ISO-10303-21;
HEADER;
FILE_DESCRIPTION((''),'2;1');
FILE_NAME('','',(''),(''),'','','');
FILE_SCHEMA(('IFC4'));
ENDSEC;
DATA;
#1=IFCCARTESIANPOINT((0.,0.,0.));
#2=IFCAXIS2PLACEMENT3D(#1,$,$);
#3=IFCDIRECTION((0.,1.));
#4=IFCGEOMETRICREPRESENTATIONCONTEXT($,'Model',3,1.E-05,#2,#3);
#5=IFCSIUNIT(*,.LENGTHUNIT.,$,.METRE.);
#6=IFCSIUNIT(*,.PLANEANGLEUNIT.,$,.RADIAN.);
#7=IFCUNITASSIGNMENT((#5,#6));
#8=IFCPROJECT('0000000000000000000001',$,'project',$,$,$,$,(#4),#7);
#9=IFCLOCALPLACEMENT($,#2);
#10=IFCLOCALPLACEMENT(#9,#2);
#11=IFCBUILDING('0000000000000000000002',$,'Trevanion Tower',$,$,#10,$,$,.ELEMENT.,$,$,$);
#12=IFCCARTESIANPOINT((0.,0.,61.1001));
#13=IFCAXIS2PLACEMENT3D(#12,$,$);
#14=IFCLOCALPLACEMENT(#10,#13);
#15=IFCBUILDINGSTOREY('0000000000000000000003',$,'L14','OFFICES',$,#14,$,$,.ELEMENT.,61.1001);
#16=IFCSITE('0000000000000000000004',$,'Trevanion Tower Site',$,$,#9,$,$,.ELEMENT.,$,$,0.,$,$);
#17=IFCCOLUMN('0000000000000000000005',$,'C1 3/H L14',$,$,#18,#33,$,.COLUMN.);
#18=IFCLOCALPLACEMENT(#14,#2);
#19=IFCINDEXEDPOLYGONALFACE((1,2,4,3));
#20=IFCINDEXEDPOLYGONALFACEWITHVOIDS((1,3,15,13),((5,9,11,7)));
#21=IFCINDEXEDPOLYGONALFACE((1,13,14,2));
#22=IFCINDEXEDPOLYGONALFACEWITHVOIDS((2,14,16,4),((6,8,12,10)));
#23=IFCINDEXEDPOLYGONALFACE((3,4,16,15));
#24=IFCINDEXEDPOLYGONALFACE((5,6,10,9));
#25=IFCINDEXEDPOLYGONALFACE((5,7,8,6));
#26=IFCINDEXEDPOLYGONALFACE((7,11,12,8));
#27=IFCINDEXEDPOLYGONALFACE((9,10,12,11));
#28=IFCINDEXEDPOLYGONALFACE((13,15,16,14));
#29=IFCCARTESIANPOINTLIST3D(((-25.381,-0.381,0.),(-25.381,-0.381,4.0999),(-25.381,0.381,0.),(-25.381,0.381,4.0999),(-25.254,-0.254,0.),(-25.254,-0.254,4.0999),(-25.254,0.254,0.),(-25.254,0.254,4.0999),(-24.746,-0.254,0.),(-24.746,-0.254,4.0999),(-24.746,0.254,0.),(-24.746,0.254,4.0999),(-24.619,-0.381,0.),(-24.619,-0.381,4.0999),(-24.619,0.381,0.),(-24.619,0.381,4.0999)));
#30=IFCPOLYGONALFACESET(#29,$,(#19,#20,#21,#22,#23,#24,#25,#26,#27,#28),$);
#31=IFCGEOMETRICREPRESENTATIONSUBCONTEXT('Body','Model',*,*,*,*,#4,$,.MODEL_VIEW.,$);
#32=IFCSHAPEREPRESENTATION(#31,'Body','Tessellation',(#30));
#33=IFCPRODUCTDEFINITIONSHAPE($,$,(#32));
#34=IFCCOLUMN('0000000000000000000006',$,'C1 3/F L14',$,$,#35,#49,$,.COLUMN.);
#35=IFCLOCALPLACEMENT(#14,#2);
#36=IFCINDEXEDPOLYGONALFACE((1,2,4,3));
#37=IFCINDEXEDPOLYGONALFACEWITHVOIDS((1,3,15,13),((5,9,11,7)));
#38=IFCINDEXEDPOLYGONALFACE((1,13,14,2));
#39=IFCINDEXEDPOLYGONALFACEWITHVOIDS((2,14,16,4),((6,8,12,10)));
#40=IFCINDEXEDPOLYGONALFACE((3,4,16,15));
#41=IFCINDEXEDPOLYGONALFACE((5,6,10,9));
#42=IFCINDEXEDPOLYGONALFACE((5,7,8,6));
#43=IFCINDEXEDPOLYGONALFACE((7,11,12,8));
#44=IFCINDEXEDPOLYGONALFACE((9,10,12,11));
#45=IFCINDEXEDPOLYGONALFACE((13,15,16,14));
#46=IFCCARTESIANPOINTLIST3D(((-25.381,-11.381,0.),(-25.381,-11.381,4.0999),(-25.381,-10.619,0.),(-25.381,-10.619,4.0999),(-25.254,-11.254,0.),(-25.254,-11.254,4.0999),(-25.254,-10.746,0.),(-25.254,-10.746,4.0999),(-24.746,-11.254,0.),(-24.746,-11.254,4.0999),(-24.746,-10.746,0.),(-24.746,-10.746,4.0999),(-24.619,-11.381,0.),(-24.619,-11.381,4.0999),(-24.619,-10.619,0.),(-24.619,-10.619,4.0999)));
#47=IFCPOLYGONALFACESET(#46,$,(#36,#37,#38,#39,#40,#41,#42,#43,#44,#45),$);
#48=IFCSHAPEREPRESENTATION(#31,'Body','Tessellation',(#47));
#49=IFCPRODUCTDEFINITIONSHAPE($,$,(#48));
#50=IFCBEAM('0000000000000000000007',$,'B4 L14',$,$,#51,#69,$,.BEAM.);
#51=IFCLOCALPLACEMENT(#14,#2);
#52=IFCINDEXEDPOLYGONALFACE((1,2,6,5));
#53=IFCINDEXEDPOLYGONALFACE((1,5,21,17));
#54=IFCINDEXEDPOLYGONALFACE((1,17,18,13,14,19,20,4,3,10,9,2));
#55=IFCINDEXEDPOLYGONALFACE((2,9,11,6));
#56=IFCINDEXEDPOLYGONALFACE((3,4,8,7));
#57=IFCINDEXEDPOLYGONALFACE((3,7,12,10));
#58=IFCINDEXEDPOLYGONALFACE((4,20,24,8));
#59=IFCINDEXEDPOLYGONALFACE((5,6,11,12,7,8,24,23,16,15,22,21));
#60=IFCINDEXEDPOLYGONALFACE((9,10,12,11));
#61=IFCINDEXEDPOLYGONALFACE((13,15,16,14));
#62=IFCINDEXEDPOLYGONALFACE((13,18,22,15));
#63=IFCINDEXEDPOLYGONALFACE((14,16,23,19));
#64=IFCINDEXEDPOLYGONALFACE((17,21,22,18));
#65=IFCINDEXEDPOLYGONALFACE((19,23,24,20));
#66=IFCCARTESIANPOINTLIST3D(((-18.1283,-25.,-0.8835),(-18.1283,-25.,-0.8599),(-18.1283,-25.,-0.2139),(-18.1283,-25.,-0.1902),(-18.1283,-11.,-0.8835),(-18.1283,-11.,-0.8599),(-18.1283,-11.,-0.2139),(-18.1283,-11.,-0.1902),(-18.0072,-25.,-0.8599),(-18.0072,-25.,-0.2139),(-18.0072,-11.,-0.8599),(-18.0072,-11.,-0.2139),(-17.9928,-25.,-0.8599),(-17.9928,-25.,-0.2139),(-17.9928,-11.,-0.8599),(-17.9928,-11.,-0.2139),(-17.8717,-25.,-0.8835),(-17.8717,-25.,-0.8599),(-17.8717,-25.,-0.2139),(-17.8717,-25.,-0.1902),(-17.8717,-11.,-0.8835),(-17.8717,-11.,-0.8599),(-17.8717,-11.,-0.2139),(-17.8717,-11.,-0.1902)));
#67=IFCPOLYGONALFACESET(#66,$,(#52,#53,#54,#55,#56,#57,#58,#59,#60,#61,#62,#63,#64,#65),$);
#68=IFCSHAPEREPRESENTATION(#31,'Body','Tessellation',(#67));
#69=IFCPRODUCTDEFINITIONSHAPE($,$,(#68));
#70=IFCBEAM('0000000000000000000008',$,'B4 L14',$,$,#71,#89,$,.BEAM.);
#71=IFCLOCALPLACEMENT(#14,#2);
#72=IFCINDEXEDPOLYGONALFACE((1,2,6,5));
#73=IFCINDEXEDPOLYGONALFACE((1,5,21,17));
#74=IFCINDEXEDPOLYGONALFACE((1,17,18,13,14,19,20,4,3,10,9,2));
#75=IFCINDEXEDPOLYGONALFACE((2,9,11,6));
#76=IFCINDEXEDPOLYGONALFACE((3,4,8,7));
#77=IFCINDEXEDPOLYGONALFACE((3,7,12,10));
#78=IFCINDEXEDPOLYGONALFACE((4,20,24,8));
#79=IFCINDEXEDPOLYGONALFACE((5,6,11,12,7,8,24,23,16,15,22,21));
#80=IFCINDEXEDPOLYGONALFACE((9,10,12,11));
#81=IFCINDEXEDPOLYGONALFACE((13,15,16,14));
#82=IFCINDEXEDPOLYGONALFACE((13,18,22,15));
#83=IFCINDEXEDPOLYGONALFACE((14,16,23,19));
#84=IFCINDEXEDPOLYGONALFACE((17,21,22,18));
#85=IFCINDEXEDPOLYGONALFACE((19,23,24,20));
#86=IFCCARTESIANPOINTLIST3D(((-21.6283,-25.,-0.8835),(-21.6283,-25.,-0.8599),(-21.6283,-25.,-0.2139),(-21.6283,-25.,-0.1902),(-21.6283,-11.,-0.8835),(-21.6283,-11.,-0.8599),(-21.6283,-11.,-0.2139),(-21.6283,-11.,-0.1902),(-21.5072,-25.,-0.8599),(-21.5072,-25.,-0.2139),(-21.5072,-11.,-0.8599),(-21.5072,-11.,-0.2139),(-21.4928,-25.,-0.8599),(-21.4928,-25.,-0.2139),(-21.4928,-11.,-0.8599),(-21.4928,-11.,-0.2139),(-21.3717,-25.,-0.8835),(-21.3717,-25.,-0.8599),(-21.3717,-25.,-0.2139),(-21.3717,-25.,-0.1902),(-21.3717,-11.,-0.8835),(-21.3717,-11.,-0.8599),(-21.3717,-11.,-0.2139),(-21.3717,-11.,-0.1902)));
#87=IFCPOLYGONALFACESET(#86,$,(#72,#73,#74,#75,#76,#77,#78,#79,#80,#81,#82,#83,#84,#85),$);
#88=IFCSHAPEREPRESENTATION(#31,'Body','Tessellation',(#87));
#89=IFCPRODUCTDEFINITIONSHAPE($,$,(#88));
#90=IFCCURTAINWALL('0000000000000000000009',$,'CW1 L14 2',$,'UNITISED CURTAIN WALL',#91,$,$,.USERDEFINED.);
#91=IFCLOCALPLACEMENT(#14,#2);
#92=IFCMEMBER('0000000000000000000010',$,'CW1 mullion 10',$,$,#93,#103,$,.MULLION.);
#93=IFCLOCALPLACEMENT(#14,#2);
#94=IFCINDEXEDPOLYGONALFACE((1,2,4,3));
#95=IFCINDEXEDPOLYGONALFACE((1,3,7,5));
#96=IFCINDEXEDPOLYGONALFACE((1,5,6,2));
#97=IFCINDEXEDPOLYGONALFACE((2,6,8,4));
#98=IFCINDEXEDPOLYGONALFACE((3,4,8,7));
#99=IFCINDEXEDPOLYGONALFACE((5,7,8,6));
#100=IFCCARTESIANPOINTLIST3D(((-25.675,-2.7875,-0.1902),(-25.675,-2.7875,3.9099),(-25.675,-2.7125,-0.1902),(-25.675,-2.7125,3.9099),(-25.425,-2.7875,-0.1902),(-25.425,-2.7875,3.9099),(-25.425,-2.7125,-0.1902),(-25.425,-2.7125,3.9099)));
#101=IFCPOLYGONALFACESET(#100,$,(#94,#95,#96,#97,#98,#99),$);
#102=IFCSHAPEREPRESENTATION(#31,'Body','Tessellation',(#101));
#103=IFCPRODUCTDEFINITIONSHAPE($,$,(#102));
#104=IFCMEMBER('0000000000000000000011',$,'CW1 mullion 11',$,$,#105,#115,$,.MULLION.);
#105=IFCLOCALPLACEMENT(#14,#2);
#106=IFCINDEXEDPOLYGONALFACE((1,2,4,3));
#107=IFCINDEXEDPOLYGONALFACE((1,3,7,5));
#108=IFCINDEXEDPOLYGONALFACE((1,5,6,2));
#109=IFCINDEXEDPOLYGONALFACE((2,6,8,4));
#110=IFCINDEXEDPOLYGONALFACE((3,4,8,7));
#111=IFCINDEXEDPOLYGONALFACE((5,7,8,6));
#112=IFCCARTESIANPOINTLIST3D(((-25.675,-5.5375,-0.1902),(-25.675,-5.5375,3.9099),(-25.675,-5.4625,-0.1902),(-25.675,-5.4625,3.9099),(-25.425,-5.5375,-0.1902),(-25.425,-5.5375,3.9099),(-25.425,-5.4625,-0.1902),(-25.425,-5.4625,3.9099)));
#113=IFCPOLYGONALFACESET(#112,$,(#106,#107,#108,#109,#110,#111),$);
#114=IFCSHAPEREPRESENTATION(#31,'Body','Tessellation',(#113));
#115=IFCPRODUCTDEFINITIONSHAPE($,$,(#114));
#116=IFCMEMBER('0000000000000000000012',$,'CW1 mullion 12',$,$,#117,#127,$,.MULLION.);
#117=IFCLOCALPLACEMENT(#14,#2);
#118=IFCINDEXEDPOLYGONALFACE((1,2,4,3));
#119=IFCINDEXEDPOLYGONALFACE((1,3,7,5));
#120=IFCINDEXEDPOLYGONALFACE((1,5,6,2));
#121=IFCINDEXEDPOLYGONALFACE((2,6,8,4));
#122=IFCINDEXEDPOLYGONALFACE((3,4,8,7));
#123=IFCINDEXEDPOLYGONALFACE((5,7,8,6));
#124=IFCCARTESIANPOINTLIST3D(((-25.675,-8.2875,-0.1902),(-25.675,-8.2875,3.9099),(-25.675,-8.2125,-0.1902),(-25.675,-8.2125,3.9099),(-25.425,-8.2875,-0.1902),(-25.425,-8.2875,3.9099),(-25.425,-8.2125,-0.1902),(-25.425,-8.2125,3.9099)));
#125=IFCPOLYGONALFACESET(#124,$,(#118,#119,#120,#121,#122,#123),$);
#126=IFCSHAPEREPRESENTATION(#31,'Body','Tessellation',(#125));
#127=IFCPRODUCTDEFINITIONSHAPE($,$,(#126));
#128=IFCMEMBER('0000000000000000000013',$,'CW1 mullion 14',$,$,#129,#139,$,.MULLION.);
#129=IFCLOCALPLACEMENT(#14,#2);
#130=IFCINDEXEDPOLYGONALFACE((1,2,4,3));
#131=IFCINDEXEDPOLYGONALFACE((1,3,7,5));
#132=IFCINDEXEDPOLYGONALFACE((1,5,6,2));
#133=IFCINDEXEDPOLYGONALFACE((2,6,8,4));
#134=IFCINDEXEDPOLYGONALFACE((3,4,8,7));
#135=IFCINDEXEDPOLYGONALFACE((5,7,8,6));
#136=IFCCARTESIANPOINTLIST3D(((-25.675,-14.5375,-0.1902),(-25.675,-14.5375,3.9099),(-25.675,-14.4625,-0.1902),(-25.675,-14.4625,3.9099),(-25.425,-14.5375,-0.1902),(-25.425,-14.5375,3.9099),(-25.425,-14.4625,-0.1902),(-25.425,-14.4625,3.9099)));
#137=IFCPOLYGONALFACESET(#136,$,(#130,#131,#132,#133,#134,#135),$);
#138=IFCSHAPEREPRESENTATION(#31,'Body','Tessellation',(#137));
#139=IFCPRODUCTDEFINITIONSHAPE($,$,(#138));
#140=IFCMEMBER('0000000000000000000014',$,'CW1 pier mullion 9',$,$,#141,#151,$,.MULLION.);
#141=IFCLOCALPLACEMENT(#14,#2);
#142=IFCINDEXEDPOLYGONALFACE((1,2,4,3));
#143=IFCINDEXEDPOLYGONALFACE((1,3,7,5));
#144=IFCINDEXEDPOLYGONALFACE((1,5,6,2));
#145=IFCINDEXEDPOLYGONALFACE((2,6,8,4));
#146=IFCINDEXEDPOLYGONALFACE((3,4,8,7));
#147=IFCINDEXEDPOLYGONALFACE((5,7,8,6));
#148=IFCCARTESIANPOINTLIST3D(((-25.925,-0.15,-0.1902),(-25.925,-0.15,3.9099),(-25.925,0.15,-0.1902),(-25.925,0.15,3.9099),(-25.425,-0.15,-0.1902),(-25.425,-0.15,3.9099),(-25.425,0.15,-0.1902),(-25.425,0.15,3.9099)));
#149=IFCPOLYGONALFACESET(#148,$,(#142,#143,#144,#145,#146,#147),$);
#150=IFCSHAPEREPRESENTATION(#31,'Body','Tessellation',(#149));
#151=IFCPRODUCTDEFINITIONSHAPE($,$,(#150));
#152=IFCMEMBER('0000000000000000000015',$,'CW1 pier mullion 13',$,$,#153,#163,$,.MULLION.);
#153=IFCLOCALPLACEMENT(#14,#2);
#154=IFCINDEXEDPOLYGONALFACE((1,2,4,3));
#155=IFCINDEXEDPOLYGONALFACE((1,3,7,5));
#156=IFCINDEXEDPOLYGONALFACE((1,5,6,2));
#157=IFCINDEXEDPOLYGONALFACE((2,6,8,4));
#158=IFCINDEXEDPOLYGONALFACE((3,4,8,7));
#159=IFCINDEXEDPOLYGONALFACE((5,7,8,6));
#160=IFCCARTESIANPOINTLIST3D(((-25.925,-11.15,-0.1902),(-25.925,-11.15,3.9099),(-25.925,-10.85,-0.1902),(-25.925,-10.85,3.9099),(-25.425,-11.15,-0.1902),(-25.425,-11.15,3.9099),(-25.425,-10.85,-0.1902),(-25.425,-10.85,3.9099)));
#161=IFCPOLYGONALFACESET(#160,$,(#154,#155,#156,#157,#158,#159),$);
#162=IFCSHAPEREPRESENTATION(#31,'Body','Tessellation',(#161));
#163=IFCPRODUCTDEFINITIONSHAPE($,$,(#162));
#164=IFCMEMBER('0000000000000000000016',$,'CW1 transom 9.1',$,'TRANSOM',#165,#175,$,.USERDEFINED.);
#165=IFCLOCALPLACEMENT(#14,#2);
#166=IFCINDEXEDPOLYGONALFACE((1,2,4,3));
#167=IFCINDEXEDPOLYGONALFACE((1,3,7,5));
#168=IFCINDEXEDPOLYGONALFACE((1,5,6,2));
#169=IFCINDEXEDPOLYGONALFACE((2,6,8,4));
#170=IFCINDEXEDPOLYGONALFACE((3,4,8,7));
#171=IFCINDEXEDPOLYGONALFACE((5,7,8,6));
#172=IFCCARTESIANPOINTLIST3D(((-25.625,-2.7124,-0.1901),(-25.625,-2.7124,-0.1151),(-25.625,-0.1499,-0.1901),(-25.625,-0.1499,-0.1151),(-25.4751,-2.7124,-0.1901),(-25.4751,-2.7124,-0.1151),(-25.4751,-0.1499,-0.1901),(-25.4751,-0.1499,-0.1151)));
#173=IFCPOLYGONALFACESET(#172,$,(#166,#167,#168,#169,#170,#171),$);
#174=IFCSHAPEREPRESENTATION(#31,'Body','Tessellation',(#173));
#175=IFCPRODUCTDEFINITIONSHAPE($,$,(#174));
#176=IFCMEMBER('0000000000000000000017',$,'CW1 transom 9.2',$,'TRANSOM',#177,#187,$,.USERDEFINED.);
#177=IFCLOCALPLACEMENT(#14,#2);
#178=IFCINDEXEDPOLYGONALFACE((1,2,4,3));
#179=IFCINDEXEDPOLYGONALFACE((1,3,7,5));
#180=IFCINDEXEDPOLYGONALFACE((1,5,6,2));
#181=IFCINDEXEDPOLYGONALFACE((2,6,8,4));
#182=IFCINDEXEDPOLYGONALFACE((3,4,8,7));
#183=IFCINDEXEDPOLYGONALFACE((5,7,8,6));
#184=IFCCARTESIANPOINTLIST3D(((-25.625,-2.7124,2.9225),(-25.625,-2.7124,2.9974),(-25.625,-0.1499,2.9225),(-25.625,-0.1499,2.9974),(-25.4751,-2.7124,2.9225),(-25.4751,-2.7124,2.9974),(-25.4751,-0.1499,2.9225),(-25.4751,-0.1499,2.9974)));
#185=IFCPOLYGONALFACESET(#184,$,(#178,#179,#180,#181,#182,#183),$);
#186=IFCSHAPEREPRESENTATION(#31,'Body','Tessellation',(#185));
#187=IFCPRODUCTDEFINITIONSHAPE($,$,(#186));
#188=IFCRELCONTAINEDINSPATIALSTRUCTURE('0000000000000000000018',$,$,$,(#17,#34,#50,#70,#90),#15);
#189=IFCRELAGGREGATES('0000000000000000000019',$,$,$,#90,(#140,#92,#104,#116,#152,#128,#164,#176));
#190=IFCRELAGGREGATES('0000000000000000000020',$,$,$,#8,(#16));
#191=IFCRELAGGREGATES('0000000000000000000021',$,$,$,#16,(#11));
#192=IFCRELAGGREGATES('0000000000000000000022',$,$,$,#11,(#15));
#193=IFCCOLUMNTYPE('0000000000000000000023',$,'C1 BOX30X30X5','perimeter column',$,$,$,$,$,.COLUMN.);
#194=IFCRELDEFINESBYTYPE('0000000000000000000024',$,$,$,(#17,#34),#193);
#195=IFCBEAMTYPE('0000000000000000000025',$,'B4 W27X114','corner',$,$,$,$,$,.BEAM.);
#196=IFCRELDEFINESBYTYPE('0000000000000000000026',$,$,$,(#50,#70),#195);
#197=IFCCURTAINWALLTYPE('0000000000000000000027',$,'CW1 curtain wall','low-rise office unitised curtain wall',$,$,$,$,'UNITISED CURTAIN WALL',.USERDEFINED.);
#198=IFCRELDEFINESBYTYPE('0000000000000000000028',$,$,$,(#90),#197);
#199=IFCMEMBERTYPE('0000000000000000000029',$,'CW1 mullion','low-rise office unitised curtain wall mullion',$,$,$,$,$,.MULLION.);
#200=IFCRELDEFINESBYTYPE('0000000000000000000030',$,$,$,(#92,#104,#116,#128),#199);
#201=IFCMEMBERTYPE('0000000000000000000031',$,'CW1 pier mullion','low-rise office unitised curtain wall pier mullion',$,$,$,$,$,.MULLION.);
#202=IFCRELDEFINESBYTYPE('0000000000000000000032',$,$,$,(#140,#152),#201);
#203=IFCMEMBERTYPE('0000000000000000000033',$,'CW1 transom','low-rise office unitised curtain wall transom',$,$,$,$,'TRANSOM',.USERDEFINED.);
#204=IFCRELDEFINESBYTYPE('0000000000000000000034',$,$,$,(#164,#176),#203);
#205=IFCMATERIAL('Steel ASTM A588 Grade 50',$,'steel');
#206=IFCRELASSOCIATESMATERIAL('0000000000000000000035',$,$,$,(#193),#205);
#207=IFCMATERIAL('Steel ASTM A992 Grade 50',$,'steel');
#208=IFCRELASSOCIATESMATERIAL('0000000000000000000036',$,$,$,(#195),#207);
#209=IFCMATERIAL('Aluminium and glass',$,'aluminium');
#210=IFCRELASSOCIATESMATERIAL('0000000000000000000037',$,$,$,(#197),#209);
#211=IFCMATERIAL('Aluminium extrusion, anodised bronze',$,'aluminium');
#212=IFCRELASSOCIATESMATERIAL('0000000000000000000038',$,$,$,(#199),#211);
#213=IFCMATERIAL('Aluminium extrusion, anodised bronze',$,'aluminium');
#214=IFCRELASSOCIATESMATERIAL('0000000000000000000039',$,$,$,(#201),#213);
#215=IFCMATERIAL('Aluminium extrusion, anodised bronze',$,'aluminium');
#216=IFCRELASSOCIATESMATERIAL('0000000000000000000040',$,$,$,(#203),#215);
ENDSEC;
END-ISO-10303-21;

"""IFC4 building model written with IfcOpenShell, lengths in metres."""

from ifc_helpers import new_model, si_unit, direction, frame, origin, origin_2d, place, context, subcontext, project, spatial, rectangle, hollow_rectangle, i_section, extrude, material, material_profile, profile_set, type_object, element, aggregate, save


model = new_model("IFC4")

# Units and contexts
model_context = context("Model", 3, precision=1e-05, world=origin(), true_north=direction((0.0, 1.0)))
body_context = subcontext(model_context, "Body", "Model", "MODEL_VIEW")
ifc_project = project(units=[si_unit("LENGTHUNIT", "METRE"), si_unit("PLANEANGLEUNIT", "RADIAN")], contexts=[model_context])

# Site, building, storey
site_placement = place(None, origin())
site = spatial("IfcSite", under=ifc_project, at=site_placement, Name="Trevanion Tower Site", CompositionType="ELEMENT", RefElevation=0.0)
building_placement = place(site_placement, origin())
building = spatial("IfcBuilding", under=site, at=building_placement, Name="Trevanion Tower", CompositionType="ELEMENT")
storey_placement = place(building_placement, frame((0.0, 0.0, 61.1001)))
storey = spatial("IfcBuildingStorey", under=building, at=storey_placement, Name="L14", Description="OFFICES", CompositionType="ELEMENT", Elevation=61.1001)

# Columns
ifc_material_1 = material(Name="Steel ASTM A588 Grade 50", Category="steel")
ifc_material_profile_1 = material_profile(ifc_material_1, hollow_rectangle(XDim=0.762, YDim=0.762, WallThickness=0.127, at=origin_2d()), Name="BOX30X30X5")
ifc_profile_set_1 = profile_set([ifc_material_profile_1], Name="Steel ASTM A588 Grade 50")
column_type = type_object("IfcColumnType", Name="C1 BOX30X30X5", Description="perimeter column", PredefinedType="COLUMN", material=ifc_profile_set_1)
for number, where, z_axis, x_axis, name in (
    (1, (-25.0, 0.0, 0.0), (0.0, 0.0, 1.0), (0.0, 1.0, 0.0), "C1 3/H L14"),
    (2, (-25.0, -11.0, 0.0), (0.0, 0.0, 1.0), (0.0, 1.0, 0.0), "C1 3/F L14"),
):
    element("IfcColumn", number, at=place(storey_placement, frame(where, z_axis=z_axis, x_axis=x_axis)), inside=storey, type_object=column_type, Name=name, PredefinedType="COLUMN", context=body_context, shape_type="SweptSolid", body=[
        extrude(hollow_rectangle(XDim=0.762, YDim=0.762, WallThickness=0.127, at=origin_2d()), origin(), (0.0, 0.0, 1.0), 4.0999),
    ])

# Beams
ifc_material_2 = material(Name="Steel ASTM A992 Grade 50", Category="steel")
ifc_material_profile_2 = material_profile(ifc_material_2, i_section(OverallWidth=0.2566, OverallDepth=0.6934, WebThickness=0.0144, FlangeThickness=0.0237, at=origin_2d()), Name="W27X114")
ifc_profile_set_2 = profile_set([ifc_material_profile_2], Name="Steel ASTM A992 Grade 50")
beam_type_1 = type_object("IfcBeamType", Name="B4 W27X114", Description="corner", PredefinedType="BEAM", material=ifc_profile_set_2)
for number, where, z_axis, x_axis, name in (
    (3, (-18.0, -11.0, -0.5369), (0.0, -1.0, 0.0), (1.0, 0.0, 0.0), "B4 L14"),
    (4, (-21.5, -11.0, -0.5369), (0.0, -1.0, 0.0), (1.0, 0.0, 0.0), "B4 L14"),
):
    element("IfcBeam", number, at=place(storey_placement, frame(where, z_axis=z_axis, x_axis=x_axis)), inside=storey, type_object=beam_type_1, Name=name, PredefinedType="BEAM", context=body_context, shape_type="SweptSolid", body=[
        extrude(i_section(OverallWidth=0.2566, OverallDepth=0.6934, WebThickness=0.0144, FlangeThickness=0.0237, at=origin_2d()), origin(), (0.0, 0.0, 1.0), 14.0),
    ])

# Curtain wall, members
ifc_material_3 = material(Name="Aluminium and glass", Category="aluminium")
curtain_wall_type = type_object("IfcCurtainWallType", Name="CW1 curtain wall", Description="low-rise office unitised curtain wall", ElementType="UNITISED CURTAIN WALL", PredefinedType="USERDEFINED", material=ifc_material_3)
curtain_wall_placement = place(storey_placement, origin())
curtain_wall = element("IfcCurtainWall", 5, at=curtain_wall_placement, inside=storey, type_object=curtain_wall_type, Name="CW1 L14 2", ObjectType="UNITISED CURTAIN WALL", PredefinedType="USERDEFINED")
ifc_material_4 = material(Name="Aluminium extrusion, anodised bronze", Category="aluminium")
ifc_material_profile_3 = material_profile(ifc_material_4, rectangle(XDim=0.075, YDim=0.25, at=origin_2d()), Name="CW1 mullion")
ifc_profile_set_3 = profile_set([ifc_material_profile_3], Name="Aluminium extrusion, anodised bronze")
member_type_1 = type_object("IfcMemberType", Name="CW1 mullion", Description="low-rise office unitised curtain wall mullion", PredefinedType="MULLION", material=ifc_profile_set_3)
member_1_placement = place(storey_placement, frame((-25.55, -2.75, -0.1902), z_axis=(0.0, 0.0, 1.0), x_axis=(0.0, -1.0, 0.0)))
member_1 = element("IfcMember", 6, at=member_1_placement, type_object=member_type_1, Name="CW1 mullion 10", PredefinedType="MULLION", context=body_context, shape_type="SweptSolid", body=[
    extrude(rectangle(XDim=0.075, YDim=0.25, at=origin_2d()), origin(), (0.0, 0.0, 1.0), 4.1001),
])
member_2_placement = place(storey_placement, frame((-25.55, -5.5, -0.1902), z_axis=(0.0, 0.0, 1.0), x_axis=(0.0, -1.0, 0.0)))
member_2 = element("IfcMember", 7, at=member_2_placement, type_object=member_type_1, Name="CW1 mullion 11", PredefinedType="MULLION", context=body_context, shape_type="SweptSolid", body=[
    extrude(rectangle(XDim=0.075, YDim=0.25, at=origin_2d()), origin(), (0.0, 0.0, 1.0), 4.1001),
])
member_3_placement = place(storey_placement, frame((-25.55, -8.25, -0.1902), z_axis=(0.0, 0.0, 1.0), x_axis=(0.0, -1.0, 0.0)))
member_3 = element("IfcMember", 8, at=member_3_placement, type_object=member_type_1, Name="CW1 mullion 12", PredefinedType="MULLION", context=body_context, shape_type="SweptSolid", body=[
    extrude(rectangle(XDim=0.075, YDim=0.25, at=origin_2d()), origin(), (0.0, 0.0, 1.0), 4.1001),
])
member_4_placement = place(storey_placement, frame((-25.55, -14.5, -0.1902), z_axis=(0.0, 0.0, 1.0), x_axis=(0.0, -1.0, 0.0)))
member_4 = element("IfcMember", 9, at=member_4_placement, type_object=member_type_1, Name="CW1 mullion 14", PredefinedType="MULLION", context=body_context, shape_type="SweptSolid", body=[
    extrude(rectangle(XDim=0.075, YDim=0.25, at=origin_2d()), origin(), (0.0, 0.0, 1.0), 4.1001),
])
ifc_material_5 = material(Name="Aluminium extrusion, anodised bronze", Category="aluminium")
ifc_material_profile_4 = material_profile(ifc_material_5, rectangle(XDim=0.3, YDim=0.5, at=origin_2d()), Name="CW1 pier mullion")
ifc_profile_set_4 = profile_set([ifc_material_profile_4], Name="Aluminium extrusion, anodised bronze")
member_type_2 = type_object("IfcMemberType", Name="CW1 pier mullion", Description="low-rise office unitised curtain wall pier mullion", PredefinedType="MULLION", material=ifc_profile_set_4)
member_5_placement = place(storey_placement, frame((-25.675, 0.0, -0.1902), z_axis=(0.0, 0.0, 1.0), x_axis=(0.0, -1.0, 0.0)))
member_5 = element("IfcMember", 10, at=member_5_placement, type_object=member_type_2, Name="CW1 pier mullion 9", PredefinedType="MULLION", context=body_context, shape_type="SweptSolid", body=[
    extrude(rectangle(XDim=0.3, YDim=0.5, at=origin_2d()), origin(), (0.0, 0.0, 1.0), 4.1001),
])
member_6_placement = place(storey_placement, frame((-25.675, -11.0, -0.1902), z_axis=(0.0, 0.0, 1.0), x_axis=(0.0, -1.0, 0.0)))
member_6 = element("IfcMember", 11, at=member_6_placement, type_object=member_type_2, Name="CW1 pier mullion 13", PredefinedType="MULLION", context=body_context, shape_type="SweptSolid", body=[
    extrude(rectangle(XDim=0.3, YDim=0.5, at=origin_2d()), origin(), (0.0, 0.0, 1.0), 4.1001),
])
ifc_material_6 = material(Name="Aluminium extrusion, anodised bronze", Category="aluminium")
ifc_material_profile_5 = material_profile(ifc_material_6, rectangle(XDim=0.1499, YDim=0.075, at=origin_2d()), Name="CW1 transom")
ifc_profile_set_5 = profile_set([ifc_material_profile_5], Name="Aluminium extrusion, anodised bronze")
member_type_3 = type_object("IfcMemberType", Name="CW1 transom", Description="low-rise office unitised curtain wall transom", ElementType="TRANSOM", PredefinedType="USERDEFINED", material=ifc_profile_set_5)
member_7_placement = place(storey_placement, frame((-25.55, -0.1499, -0.1526), z_axis=(0.0, -1.0, 0.0), x_axis=(1.0, 0.0, 0.0)))
member_7 = element("IfcMember", 12, at=member_7_placement, type_object=member_type_3, Name="CW1 transom 9.1", ObjectType="TRANSOM", PredefinedType="USERDEFINED", context=body_context, shape_type="SweptSolid", body=[
    extrude(rectangle(XDim=0.1499, YDim=0.075, at=origin_2d()), origin(), (0.0, 0.0, 1.0), 2.5625),
])
member_8_placement = place(storey_placement, frame((-25.55, -0.1499, 2.96), z_axis=(0.0, -1.0, 0.0), x_axis=(1.0, 0.0, 0.0)))
member_8 = element("IfcMember", 13, at=member_8_placement, type_object=member_type_3, Name="CW1 transom 9.2", ObjectType="TRANSOM", PredefinedType="USERDEFINED", context=body_context, shape_type="SweptSolid", body=[
    extrude(rectangle(XDim=0.1499, YDim=0.075, at=origin_2d()), origin(), (0.0, 0.0, 1.0), 2.5625),
])

aggregate(curtain_wall, [member_5, member_1, member_2, member_3, member_6, member_4, member_7, member_8])

save(model, "model.ifc")
